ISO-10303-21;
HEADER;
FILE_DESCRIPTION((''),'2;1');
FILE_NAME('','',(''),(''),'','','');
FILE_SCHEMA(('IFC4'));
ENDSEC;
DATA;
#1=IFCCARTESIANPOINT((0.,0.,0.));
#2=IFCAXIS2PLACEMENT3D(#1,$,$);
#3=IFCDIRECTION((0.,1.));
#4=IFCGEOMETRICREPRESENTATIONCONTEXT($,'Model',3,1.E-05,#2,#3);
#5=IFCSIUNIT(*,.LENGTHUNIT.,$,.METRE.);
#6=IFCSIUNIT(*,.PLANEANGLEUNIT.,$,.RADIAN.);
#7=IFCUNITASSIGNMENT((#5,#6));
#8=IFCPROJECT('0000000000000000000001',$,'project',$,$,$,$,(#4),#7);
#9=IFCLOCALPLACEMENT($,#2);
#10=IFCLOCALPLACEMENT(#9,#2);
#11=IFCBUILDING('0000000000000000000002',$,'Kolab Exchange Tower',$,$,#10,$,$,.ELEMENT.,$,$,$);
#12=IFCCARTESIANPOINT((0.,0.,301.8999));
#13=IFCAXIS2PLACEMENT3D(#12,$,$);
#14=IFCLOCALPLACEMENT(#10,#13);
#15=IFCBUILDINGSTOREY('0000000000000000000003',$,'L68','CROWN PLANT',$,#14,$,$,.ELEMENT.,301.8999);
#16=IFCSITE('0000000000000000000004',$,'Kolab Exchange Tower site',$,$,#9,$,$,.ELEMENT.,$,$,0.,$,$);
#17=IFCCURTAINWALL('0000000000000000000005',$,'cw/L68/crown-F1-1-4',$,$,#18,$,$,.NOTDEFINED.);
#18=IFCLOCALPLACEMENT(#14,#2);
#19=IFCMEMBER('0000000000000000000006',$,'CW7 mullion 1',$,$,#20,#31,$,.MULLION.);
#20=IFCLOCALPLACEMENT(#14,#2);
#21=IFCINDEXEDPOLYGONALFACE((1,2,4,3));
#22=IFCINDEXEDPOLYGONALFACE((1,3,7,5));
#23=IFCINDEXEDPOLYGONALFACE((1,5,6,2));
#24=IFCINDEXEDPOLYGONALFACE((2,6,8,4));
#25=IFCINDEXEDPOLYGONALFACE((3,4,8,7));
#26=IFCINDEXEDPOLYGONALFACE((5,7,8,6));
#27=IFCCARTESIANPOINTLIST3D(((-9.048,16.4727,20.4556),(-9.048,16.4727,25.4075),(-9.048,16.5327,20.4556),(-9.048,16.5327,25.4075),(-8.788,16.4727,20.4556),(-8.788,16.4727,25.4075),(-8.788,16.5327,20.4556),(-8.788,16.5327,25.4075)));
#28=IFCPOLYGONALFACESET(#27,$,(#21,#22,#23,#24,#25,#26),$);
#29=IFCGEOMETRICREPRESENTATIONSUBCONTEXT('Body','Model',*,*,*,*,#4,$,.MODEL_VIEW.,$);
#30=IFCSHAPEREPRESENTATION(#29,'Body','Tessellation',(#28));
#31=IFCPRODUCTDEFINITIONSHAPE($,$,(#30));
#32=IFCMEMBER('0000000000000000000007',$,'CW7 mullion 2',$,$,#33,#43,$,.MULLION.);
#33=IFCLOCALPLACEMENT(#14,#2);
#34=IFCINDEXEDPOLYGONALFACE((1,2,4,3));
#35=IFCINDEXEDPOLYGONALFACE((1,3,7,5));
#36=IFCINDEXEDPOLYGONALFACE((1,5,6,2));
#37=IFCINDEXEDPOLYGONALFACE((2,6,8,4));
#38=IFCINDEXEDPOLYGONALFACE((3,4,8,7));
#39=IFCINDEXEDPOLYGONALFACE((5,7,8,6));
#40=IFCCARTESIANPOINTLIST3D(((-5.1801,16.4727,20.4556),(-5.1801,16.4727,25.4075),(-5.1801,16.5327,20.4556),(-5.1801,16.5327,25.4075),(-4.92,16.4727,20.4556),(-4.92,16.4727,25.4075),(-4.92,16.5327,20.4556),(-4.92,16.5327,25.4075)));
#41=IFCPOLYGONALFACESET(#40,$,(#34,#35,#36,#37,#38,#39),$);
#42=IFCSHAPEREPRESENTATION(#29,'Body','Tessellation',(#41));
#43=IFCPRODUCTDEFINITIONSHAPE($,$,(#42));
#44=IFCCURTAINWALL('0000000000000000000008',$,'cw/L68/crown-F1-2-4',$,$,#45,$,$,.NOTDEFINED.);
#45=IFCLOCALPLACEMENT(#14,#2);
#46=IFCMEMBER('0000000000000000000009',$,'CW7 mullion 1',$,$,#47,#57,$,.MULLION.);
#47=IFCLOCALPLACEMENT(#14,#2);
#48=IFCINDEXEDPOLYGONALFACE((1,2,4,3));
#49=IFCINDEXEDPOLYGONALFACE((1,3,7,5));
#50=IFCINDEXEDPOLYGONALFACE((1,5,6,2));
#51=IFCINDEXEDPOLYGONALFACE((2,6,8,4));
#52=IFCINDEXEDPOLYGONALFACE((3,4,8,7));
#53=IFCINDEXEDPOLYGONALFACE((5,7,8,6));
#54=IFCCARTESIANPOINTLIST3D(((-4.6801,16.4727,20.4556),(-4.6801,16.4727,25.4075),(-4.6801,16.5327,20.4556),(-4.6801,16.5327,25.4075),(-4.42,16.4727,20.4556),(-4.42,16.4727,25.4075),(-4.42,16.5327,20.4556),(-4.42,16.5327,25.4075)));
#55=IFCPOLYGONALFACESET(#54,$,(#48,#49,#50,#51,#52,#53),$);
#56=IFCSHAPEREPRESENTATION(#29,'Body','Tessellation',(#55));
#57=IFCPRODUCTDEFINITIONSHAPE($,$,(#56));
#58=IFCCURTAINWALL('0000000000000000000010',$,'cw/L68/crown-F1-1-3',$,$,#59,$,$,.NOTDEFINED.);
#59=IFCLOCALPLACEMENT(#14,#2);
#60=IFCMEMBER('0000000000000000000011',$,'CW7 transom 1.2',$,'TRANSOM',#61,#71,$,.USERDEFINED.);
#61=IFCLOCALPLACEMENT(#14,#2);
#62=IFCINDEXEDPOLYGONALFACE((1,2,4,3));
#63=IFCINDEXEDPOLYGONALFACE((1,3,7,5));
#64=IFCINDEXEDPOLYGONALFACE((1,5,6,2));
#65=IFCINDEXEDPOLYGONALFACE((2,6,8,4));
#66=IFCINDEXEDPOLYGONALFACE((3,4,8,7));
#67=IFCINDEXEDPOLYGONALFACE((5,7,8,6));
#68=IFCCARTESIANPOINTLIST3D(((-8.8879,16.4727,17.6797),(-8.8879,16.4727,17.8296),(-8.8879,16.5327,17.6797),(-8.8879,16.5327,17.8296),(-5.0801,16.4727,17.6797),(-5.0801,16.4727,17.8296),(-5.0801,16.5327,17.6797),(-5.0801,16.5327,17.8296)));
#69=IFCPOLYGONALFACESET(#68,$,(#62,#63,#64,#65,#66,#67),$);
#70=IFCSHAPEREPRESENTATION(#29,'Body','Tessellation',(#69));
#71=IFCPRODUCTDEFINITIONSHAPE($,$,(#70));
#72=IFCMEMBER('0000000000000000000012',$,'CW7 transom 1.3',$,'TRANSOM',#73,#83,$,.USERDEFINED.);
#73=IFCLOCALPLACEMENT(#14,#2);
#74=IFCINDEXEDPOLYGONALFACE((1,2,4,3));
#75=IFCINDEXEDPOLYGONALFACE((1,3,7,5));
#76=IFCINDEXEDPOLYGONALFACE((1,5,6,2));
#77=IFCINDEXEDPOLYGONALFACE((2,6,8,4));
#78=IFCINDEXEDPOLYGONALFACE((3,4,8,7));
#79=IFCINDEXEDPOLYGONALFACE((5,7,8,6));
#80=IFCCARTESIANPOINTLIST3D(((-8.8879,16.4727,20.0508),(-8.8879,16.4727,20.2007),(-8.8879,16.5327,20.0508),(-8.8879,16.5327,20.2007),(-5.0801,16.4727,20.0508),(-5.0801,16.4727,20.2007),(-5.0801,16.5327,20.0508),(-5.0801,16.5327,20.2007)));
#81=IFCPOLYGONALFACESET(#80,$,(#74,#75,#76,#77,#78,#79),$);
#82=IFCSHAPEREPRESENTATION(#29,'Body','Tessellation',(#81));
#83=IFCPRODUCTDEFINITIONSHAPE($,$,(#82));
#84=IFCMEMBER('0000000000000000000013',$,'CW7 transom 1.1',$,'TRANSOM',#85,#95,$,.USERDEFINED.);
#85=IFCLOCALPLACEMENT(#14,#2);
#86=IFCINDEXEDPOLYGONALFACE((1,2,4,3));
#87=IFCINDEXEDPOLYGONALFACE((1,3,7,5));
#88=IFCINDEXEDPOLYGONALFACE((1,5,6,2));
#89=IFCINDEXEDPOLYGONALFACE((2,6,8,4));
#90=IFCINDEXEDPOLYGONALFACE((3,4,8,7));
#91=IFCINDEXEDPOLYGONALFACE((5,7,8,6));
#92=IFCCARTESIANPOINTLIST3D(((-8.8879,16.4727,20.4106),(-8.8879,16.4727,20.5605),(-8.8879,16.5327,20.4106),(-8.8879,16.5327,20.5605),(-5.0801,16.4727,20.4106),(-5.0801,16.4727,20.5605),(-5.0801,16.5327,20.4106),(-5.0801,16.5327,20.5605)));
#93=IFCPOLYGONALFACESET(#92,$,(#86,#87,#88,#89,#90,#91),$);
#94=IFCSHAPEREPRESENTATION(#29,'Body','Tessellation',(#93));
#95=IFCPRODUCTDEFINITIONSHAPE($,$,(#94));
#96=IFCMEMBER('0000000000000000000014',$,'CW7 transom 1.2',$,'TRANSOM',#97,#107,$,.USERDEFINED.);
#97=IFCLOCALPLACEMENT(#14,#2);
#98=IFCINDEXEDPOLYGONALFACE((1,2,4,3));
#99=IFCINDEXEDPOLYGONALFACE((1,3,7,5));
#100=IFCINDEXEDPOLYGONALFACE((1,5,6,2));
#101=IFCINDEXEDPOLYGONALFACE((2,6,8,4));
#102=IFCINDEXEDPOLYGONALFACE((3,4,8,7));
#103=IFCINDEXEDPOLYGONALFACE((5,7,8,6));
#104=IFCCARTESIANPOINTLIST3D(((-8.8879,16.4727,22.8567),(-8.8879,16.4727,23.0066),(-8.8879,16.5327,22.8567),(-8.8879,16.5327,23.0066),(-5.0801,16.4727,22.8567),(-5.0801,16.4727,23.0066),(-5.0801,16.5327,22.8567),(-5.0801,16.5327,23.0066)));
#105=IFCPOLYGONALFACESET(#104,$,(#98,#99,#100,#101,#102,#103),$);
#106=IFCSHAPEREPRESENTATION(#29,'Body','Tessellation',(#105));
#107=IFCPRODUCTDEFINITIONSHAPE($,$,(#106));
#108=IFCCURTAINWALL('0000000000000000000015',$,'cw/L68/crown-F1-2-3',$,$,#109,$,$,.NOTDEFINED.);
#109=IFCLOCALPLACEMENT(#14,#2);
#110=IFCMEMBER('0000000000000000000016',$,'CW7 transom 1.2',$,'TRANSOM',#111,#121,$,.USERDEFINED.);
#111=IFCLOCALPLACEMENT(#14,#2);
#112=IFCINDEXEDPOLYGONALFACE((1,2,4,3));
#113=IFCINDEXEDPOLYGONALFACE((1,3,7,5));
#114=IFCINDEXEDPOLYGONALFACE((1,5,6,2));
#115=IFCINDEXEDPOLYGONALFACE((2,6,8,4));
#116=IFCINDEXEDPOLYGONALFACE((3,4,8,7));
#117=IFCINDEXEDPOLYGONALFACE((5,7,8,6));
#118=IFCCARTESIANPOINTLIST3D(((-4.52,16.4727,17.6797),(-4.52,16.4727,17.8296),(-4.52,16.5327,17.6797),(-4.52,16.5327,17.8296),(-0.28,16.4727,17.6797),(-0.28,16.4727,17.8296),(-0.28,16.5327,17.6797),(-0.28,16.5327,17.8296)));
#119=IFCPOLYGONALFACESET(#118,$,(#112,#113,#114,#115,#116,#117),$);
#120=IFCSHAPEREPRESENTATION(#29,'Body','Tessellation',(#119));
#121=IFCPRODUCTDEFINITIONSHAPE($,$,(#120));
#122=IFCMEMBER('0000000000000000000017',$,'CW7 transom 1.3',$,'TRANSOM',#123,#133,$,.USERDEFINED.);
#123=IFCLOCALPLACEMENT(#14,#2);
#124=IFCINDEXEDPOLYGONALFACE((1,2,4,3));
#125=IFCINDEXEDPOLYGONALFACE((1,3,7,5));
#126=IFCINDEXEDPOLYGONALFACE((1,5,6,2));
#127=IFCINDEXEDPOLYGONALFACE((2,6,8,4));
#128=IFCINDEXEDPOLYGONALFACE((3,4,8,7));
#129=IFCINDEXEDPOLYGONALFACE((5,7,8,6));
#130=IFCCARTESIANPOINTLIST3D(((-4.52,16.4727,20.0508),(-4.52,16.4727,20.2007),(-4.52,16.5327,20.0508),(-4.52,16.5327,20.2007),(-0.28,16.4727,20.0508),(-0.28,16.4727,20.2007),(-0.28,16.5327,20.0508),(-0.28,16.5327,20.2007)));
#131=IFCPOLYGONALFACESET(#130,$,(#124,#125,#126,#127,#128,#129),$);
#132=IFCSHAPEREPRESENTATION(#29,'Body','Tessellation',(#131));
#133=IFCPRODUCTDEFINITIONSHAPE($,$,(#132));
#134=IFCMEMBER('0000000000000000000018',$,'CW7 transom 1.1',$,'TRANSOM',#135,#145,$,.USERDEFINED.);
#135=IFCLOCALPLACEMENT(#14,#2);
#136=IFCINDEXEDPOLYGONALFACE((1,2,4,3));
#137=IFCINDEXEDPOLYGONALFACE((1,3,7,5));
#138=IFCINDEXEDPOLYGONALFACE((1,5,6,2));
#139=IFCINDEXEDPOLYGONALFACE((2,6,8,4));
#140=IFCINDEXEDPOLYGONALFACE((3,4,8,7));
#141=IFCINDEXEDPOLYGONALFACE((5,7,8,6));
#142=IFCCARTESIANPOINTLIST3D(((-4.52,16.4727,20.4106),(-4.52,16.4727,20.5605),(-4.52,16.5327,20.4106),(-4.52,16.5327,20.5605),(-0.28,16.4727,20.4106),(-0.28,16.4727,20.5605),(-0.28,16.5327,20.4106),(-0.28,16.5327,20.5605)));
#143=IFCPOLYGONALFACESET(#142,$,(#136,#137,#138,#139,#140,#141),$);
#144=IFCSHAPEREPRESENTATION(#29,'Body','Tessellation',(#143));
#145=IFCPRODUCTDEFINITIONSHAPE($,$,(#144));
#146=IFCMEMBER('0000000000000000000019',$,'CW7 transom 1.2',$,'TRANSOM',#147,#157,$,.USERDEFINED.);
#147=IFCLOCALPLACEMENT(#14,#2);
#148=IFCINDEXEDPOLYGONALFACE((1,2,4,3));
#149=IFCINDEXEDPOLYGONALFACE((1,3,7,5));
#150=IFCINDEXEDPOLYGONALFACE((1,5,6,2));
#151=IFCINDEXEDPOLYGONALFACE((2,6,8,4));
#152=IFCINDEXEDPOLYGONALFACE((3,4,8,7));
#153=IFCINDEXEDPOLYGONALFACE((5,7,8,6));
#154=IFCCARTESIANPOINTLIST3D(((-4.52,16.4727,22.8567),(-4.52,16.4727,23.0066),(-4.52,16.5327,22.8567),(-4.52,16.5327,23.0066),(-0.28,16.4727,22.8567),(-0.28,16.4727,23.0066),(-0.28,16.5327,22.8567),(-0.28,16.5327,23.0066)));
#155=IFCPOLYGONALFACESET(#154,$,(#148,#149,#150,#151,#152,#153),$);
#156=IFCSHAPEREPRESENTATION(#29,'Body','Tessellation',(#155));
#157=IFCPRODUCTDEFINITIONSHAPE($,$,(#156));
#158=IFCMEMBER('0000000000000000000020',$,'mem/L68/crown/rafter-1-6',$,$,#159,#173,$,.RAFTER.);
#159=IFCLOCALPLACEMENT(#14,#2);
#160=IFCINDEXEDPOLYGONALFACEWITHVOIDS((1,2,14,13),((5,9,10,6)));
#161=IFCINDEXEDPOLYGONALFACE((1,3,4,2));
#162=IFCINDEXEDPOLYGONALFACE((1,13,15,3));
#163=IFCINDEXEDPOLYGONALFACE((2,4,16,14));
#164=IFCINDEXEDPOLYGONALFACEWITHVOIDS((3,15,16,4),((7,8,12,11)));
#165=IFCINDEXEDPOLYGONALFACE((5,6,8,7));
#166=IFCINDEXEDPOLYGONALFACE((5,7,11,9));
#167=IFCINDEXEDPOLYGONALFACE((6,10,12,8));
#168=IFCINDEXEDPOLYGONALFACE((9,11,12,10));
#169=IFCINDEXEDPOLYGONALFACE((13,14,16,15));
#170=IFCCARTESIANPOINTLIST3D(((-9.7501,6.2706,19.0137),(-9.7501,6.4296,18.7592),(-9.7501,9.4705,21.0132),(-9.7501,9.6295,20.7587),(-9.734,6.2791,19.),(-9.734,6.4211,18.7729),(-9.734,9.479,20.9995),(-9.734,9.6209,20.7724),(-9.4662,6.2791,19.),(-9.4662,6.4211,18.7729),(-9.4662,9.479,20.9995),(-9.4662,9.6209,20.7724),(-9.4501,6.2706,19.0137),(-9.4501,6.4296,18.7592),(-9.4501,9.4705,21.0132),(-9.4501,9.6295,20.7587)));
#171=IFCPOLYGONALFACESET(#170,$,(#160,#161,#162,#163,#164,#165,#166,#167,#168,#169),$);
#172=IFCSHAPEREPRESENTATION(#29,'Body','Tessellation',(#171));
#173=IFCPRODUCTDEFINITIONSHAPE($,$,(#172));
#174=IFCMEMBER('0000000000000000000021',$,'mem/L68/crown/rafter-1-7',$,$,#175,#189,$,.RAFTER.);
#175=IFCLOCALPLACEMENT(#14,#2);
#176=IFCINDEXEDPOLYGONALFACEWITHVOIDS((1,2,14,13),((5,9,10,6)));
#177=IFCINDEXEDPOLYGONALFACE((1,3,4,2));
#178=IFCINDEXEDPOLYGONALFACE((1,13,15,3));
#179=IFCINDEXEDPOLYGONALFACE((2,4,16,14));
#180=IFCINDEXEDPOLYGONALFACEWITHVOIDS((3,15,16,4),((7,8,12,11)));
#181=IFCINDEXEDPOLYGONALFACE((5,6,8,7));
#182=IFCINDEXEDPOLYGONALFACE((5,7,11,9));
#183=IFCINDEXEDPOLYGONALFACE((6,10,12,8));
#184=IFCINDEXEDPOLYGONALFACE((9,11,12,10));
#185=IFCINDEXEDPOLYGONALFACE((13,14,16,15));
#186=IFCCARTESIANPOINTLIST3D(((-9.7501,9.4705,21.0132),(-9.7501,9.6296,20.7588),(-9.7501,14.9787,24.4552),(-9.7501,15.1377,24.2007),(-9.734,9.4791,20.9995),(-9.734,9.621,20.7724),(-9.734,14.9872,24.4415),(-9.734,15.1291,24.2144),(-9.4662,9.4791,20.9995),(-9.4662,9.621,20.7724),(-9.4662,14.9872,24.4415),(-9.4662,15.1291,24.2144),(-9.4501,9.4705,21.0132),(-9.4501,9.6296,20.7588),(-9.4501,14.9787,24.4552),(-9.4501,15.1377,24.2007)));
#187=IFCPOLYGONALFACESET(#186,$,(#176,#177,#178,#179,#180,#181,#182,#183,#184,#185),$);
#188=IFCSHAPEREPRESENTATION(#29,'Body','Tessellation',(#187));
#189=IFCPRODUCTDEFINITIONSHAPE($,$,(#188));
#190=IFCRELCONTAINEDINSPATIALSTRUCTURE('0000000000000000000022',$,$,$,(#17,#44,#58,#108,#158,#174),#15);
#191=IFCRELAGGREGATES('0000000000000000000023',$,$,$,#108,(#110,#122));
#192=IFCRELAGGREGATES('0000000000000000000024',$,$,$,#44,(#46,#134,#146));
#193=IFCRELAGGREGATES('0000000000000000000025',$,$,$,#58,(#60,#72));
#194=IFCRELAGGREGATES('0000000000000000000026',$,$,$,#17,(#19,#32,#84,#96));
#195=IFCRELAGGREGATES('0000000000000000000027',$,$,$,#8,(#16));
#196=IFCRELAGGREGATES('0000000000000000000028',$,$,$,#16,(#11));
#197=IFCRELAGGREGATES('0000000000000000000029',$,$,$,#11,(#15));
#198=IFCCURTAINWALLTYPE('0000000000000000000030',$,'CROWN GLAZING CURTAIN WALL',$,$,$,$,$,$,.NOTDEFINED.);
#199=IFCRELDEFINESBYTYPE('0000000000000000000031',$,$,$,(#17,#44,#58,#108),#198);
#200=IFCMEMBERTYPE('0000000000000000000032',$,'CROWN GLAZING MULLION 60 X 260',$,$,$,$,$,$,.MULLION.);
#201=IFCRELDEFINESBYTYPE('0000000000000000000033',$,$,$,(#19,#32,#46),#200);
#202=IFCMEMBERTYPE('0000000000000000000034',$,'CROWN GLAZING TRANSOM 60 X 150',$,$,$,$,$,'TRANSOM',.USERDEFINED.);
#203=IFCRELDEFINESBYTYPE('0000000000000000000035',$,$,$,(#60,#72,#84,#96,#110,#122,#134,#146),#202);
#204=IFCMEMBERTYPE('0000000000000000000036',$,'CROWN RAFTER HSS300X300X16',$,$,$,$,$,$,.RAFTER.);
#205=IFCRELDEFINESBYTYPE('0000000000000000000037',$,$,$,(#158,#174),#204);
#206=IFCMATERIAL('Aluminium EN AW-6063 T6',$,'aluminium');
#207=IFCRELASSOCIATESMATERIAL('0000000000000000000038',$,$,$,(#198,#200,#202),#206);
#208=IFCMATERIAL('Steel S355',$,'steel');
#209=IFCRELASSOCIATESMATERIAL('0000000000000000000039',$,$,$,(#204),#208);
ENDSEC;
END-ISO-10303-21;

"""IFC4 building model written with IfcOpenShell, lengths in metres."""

from ifc_helpers import new_model, si_unit, direction, frame, origin, origin_2d, place, context, subcontext, project, spatial, rectangle, hollow_rectangle, extrude, material, material_profile, profile_set, type_object, element, aggregate, save


model = new_model("IFC4")

# Units and contexts
model_context = context("Model", 3, precision=1e-05, world=origin(), true_north=direction((0.0, 1.0)))
body_context = subcontext(model_context, "Body", "Model", "MODEL_VIEW")
ifc_project = project(units=[si_unit("LENGTHUNIT", "METRE"), si_unit("PLANEANGLEUNIT", "RADIAN")], contexts=[model_context])

# Site, building, storey
site_placement = place(None, origin())
site = spatial("IfcSite", under=ifc_project, at=site_placement, Name="Kolab Exchange Tower site", CompositionType="ELEMENT", RefElevation=0.0)
building_placement = place(site_placement, origin())
building = spatial("IfcBuilding", under=site, at=building_placement, Name="Kolab Exchange Tower", CompositionType="ELEMENT")
storey_placement = place(building_placement, frame((0.0, 0.0, 301.8999)))
storey = spatial("IfcBuildingStorey", under=building, at=storey_placement, Name="L68", Description="CROWN PLANT", CompositionType="ELEMENT", Elevation=301.8999)

# Curtain wall, members
ifc_material_1 = material(Name="Aluminium EN AW-6063 T6", Category="aluminium")
curtain_wall_type = type_object("IfcCurtainWallType", Name="CROWN GLAZING CURTAIN WALL", PredefinedType="NOTDEFINED", material=ifc_material_1)
curtain_wall_1_placement = place(storey_placement, origin())
curtain_wall_1 = element("IfcCurtainWall", 1, at=curtain_wall_1_placement, inside=storey, type_object=curtain_wall_type, Name="cw/L68/crown-F1-1-4", PredefinedType="NOTDEFINED")
ifc_material_profile_1 = material_profile(ifc_material_1, rectangle(XDim=0.0601, YDim=0.26, at=origin_2d()), Name="RECT 60X260")
ifc_profile_set_1 = profile_set([ifc_material_profile_1], Name="Aluminium EN AW-6063 T6")
member_type_1 = type_object("IfcMemberType", Name="CROWN GLAZING MULLION 60 X 260", PredefinedType="MULLION", material=ifc_profile_set_1)
member_1_placement = place(storey_placement, frame((-8.918, 16.5027, 20.4556), z_axis=(0.0, 0.0, 1.0), x_axis=(0.0, 1.0, 0.0)))
member_1 = element("IfcMember", 2, at=member_1_placement, type_object=member_type_1, Name="CW7 mullion 1", PredefinedType="MULLION", context=body_context, shape_type="SweptSolid", body=[
    extrude(rectangle(XDim=0.0601, YDim=0.26, at=origin_2d()), origin(), (0.0, 0.0, 1.0), 4.9519),
])
member_2_placement = place(storey_placement, frame((-5.05, 16.5027, 20.4556), z_axis=(0.0, 0.0, 1.0), x_axis=(0.0, 1.0, 0.0)))
member_2 = element("IfcMember", 3, at=member_2_placement, type_object=member_type_1, Name="CW7 mullion 2", PredefinedType="MULLION", context=body_context, shape_type="SweptSolid", body=[
    extrude(rectangle(XDim=0.0601, YDim=0.26, at=origin_2d()), origin(), (0.0, 0.0, 1.0), 4.9519),
])

# Curtain wall, member
curtain_wall_2_placement = place(storey_placement, origin())
curtain_wall_2 = element("IfcCurtainWall", 4, at=curtain_wall_2_placement, inside=storey, type_object=curtain_wall_type, Name="cw/L68/crown-F1-2-4", PredefinedType="NOTDEFINED")
member_3_placement = place(storey_placement, frame((-4.55, 16.5027, 20.4556), z_axis=(0.0, 0.0, 1.0), x_axis=(0.0, 1.0, 0.0)))
member_3 = element("IfcMember", 5, at=member_3_placement, type_object=member_type_1, Name="CW7 mullion 1", PredefinedType="MULLION", context=body_context, shape_type="SweptSolid", body=[
    extrude(rectangle(XDim=0.0601, YDim=0.26, at=origin_2d()), origin(), (0.0, 0.0, 1.0), 4.9519),
])

# Curtain wall, members
curtain_wall_3_placement = place(storey_placement, origin())
curtain_wall_3 = element("IfcCurtainWall", 6, at=curtain_wall_3_placement, inside=storey, type_object=curtain_wall_type, Name="cw/L68/crown-F1-1-3", PredefinedType="NOTDEFINED")
ifc_material_profile_2 = material_profile(ifc_material_1, rectangle(XDim=0.0601, YDim=0.1499, at=origin_2d()), Name="RECT 60X150")
ifc_profile_set_2 = profile_set([ifc_material_profile_2], Name="Aluminium EN AW-6063 T6")
member_type_2 = type_object("IfcMemberType", Name="CROWN GLAZING TRANSOM 60 X 150", ElementType="TRANSOM", PredefinedType="USERDEFINED", material=ifc_profile_set_2)
member_4_placement = place(storey_placement, frame((-8.8879, 16.5027, 17.7546), z_axis=(1.0, 0.0, 0.0), x_axis=(0.0, 1.0, 0.0)))
member_4 = element("IfcMember", 7, at=member_4_placement, type_object=member_type_2, Name="CW7 transom 1.2", ObjectType="TRANSOM", PredefinedType="USERDEFINED", context=body_context, shape_type="SweptSolid", body=[
    extrude(rectangle(XDim=0.0601, YDim=0.1499, at=origin_2d()), origin(), (0.0, 0.0, 1.0), 3.8079),
])
member_5_placement = place(storey_placement, frame((-8.8879, 16.5027, 20.1257), z_axis=(1.0, 0.0, 0.0), x_axis=(0.0, 1.0, 0.0)))
member_5 = element("IfcMember", 8, at=member_5_placement, type_object=member_type_2, Name="CW7 transom 1.3", ObjectType="TRANSOM", PredefinedType="USERDEFINED", context=body_context, shape_type="SweptSolid", body=[
    extrude(rectangle(XDim=0.0601, YDim=0.1499, at=origin_2d()), origin(), (0.0, 0.0, 1.0), 3.8079),
])

# Members
member_6_placement = place(storey_placement, frame((-8.8879, 16.5027, 20.4856), z_axis=(1.0, 0.0, 0.0), x_axis=(0.0, 1.0, 0.0)))
member_6 = element("IfcMember", 9, at=member_6_placement, type_object=member_type_2, Name="CW7 transom 1.1", ObjectType="TRANSOM", PredefinedType="USERDEFINED", context=body_context, shape_type="SweptSolid", body=[
    extrude(rectangle(XDim=0.0601, YDim=0.1499, at=origin_2d()), origin(), (0.0, 0.0, 1.0), 3.8079),
])
member_7_placement = place(storey_placement, frame((-8.8879, 16.5027, 22.9316), z_axis=(1.0, 0.0, 0.0), x_axis=(0.0, 1.0, 0.0)))
member_7 = element("IfcMember", 10, at=member_7_placement, type_object=member_type_2, Name="CW7 transom 1.2", ObjectType="TRANSOM", PredefinedType="USERDEFINED", context=body_context, shape_type="SweptSolid", body=[
    extrude(rectangle(XDim=0.0601, YDim=0.1499, at=origin_2d()), origin(), (0.0, 0.0, 1.0), 3.8079),
])

# Curtain wall, members
curtain_wall_4_placement = place(storey_placement, origin())
curtain_wall_4 = element("IfcCurtainWall", 11, at=curtain_wall_4_placement, inside=storey, type_object=curtain_wall_type, Name="cw/L68/crown-F1-2-3", PredefinedType="NOTDEFINED")
member_8_placement = place(storey_placement, frame((-4.52, 16.5027, 17.7546), z_axis=(1.0, 0.0, 0.0), x_axis=(0.0, 1.0, 0.0)))
member_8 = element("IfcMember", 12, at=member_8_placement, type_object=member_type_2, Name="CW7 transom 1.2", ObjectType="TRANSOM", PredefinedType="USERDEFINED", context=body_context, shape_type="SweptSolid", body=[
    extrude(rectangle(XDim=0.0601, YDim=0.1499, at=origin_2d()), origin(), (0.0, 0.0, 1.0), 4.24),
])
member_9_placement = place(storey_placement, frame((-4.52, 16.5027, 20.1257), z_axis=(1.0, 0.0, 0.0), x_axis=(0.0, 1.0, 0.0)))
member_9 = element("IfcMember", 13, at=member_9_placement, type_object=member_type_2, Name="CW7 transom 1.3", ObjectType="TRANSOM", PredefinedType="USERDEFINED", context=body_context, shape_type="SweptSolid", body=[
    extrude(rectangle(XDim=0.0601, YDim=0.1499, at=origin_2d()), origin(), (0.0, 0.0, 1.0), 4.24),
])
aggregate(curtain_wall_4, [member_8, member_9])

# Members
member_10_placement = place(storey_placement, frame((-4.52, 16.5027, 20.4856), z_axis=(1.0, 0.0, 0.0), x_axis=(0.0, 1.0, 0.0)))
member_10 = element("IfcMember", 14, at=member_10_placement, type_object=member_type_2, Name="CW7 transom 1.1", ObjectType="TRANSOM", PredefinedType="USERDEFINED", context=body_context, shape_type="SweptSolid", body=[
    extrude(rectangle(XDim=0.0601, YDim=0.1499, at=origin_2d()), origin(), (0.0, 0.0, 1.0), 4.24),
])
member_11_placement = place(storey_placement, frame((-4.52, 16.5027, 22.9316), z_axis=(1.0, 0.0, 0.0), x_axis=(0.0, 1.0, 0.0)))
member_11 = element("IfcMember", 15, at=member_11_placement, type_object=member_type_2, Name="CW7 transom 1.2", ObjectType="TRANSOM", PredefinedType="USERDEFINED", context=body_context, shape_type="SweptSolid", body=[
    extrude(rectangle(XDim=0.0601, YDim=0.1499, at=origin_2d()), origin(), (0.0, 0.0, 1.0), 4.24),
])
aggregate(curtain_wall_2, [member_3, member_10, member_11])

# Members
ifc_material_2 = material(Name="Steel S355", Category="steel")
ifc_material_profile_3 = material_profile(ifc_material_2, hollow_rectangle(XDim=0.3, YDim=0.3, WallThickness=0.0161, at=origin_2d()), Name="HSS300X300X16")
ifc_profile_set_3 = profile_set([ifc_material_profile_3], Name="Steel S355")
member_type_3 = type_object("IfcMemberType", Name="CROWN RAFTER HSS300X300X16", PredefinedType="RAFTER", material=ifc_profile_set_3)
member_12_placement = place(storey_placement, frame((-9.6001, 6.3501, 18.8865), z_axis=(0.0, 0.848053, 0.529912), x_axis=(-1.0, 0.0, 0.0)))
element("IfcMember", 16, at=member_12_placement, inside=storey, type_object=member_type_3, Name="mem/L68/crown/rafter-1-6", PredefinedType="RAFTER", context=body_context, shape_type="SweptSolid", body=[
    extrude(hollow_rectangle(XDim=0.3, YDim=0.3, WallThickness=0.0161, at=origin_2d()), origin(), (0.0, 0.0, 1.0), 3.7732),
])
member_13_placement = place(storey_placement, frame((-9.6001, 9.55, 20.886), z_axis=(0.0, 0.848043, 0.529928), x_axis=(-1.0, 0.0, 0.0)))
element("IfcMember", 17, at=member_13_placement, inside=storey, type_object=member_type_3, Name="mem/L68/crown/rafter-1-7", PredefinedType="RAFTER", context=body_context, shape_type="SweptSolid", body=[
    extrude(hollow_rectangle(XDim=0.3, YDim=0.3, WallThickness=0.0161, at=origin_2d()), origin(), (0.0, 0.0, 1.0), 6.4951),
])

aggregate(curtain_wall_3, [member_4, member_5])
aggregate(curtain_wall_1, [member_1, member_2, member_6, member_7])

save(model, "model.ifc")
